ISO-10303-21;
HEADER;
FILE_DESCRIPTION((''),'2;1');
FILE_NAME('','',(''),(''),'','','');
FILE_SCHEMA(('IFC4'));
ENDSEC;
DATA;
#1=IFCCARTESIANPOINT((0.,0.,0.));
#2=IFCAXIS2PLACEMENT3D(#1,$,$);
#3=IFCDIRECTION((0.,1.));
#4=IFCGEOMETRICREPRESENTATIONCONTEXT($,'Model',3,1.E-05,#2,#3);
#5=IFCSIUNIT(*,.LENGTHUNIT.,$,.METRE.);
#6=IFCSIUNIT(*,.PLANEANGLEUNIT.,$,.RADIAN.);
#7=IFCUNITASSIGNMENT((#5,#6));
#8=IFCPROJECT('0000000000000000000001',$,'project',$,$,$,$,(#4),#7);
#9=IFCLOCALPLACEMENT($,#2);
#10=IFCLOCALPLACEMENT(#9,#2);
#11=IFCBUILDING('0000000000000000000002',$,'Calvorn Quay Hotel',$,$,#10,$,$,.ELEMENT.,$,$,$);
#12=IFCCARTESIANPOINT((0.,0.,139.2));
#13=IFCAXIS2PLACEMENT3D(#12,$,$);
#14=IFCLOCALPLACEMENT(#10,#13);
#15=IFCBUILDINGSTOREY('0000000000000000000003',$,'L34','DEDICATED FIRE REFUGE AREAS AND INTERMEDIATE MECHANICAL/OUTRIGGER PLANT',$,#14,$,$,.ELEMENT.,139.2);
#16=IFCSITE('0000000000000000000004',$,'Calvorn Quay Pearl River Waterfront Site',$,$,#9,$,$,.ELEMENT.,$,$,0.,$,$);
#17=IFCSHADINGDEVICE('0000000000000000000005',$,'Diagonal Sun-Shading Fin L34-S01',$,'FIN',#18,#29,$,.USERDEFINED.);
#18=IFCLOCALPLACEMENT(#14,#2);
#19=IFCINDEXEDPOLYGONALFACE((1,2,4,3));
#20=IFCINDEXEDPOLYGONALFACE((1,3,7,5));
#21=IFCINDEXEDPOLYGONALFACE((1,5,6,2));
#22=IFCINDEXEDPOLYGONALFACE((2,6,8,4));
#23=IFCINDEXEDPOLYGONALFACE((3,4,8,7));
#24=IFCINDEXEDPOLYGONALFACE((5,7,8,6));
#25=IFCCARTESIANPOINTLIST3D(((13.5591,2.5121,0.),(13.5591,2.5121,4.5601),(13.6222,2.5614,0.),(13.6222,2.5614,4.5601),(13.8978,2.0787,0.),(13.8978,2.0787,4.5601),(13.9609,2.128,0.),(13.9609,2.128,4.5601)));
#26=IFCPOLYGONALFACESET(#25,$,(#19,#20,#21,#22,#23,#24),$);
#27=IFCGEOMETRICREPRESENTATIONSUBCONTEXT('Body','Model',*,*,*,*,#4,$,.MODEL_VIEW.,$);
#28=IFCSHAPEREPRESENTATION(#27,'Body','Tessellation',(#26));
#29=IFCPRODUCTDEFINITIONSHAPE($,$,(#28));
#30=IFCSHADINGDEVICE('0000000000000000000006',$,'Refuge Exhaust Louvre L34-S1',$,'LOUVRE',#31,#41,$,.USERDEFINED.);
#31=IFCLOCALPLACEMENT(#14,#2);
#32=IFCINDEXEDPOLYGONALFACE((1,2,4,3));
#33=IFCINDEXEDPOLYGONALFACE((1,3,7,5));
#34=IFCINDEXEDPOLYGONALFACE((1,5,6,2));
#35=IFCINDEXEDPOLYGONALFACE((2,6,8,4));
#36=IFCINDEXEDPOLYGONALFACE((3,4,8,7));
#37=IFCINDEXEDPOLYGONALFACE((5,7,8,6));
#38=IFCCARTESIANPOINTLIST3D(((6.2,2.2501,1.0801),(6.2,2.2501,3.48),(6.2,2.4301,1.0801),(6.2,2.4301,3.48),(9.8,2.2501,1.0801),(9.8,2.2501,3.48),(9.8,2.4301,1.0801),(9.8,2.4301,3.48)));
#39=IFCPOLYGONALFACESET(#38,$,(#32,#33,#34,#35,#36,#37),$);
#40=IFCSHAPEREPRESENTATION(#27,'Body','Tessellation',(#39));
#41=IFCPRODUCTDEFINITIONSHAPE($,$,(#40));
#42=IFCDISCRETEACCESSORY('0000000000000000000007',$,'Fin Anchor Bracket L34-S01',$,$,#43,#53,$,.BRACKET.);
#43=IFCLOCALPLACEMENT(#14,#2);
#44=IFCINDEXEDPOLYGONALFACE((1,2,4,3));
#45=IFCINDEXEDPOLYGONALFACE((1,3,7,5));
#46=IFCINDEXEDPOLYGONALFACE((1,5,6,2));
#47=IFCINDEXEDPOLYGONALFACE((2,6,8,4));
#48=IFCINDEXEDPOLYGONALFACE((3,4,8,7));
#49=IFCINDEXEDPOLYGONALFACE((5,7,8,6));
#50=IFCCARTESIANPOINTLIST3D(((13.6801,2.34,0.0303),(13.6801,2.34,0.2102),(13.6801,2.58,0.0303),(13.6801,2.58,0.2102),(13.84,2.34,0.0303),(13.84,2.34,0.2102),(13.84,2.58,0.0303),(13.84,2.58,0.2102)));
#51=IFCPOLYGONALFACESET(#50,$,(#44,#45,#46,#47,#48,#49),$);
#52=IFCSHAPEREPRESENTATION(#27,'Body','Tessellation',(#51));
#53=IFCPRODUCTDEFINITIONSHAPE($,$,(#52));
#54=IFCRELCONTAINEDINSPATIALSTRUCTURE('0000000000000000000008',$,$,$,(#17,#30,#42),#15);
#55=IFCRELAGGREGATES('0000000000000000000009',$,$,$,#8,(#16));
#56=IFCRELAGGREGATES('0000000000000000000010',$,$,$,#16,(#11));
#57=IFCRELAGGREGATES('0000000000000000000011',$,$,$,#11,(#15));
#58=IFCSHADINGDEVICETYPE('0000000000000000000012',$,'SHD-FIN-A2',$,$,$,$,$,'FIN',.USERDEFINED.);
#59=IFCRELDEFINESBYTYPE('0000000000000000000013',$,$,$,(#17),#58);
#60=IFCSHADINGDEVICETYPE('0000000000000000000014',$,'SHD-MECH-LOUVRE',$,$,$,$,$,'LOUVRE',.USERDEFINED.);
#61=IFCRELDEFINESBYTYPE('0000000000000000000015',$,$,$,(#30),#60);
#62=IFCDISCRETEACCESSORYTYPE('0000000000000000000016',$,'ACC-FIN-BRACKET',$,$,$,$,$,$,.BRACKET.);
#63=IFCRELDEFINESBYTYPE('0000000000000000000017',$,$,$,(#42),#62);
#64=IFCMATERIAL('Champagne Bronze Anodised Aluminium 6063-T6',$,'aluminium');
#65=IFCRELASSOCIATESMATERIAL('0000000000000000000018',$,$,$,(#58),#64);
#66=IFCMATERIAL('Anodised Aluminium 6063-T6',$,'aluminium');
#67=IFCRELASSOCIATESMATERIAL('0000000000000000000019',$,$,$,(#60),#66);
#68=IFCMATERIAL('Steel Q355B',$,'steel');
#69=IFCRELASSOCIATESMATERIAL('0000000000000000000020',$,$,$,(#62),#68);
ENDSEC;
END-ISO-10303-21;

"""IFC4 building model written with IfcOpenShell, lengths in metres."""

from ifc_helpers import new_model, si_unit, direction, frame, origin, origin_2d, place, context, subcontext, project, spatial, rectangle, extrude, material, type_object, element, save


model = new_model("IFC4")

# Units and contexts
model_context = context("Model", 3, precision=1e-05, world=origin(), true_north=direction((0.0, 1.0)))
body_context = subcontext(model_context, "Body", "Model", "MODEL_VIEW")
ifc_project = project(units=[si_unit("LENGTHUNIT", "METRE"), si_unit("PLANEANGLEUNIT", "RADIAN")], contexts=[model_context])

# Site, building, storey
site_placement = place(None, origin())
site = spatial("IfcSite", under=ifc_project, at=site_placement, Name="Calvorn Quay Pearl River Waterfront Site", CompositionType="ELEMENT", RefElevation=0.0)
building_placement = place(site_placement, origin())
building = spatial("IfcBuilding", under=site, at=building_placement, Name="Calvorn Quay Hotel", CompositionType="ELEMENT")
storey_placement = place(building_placement, frame((0.0, 0.0, 139.2)))
storey = spatial("IfcBuildingStorey", under=building, at=storey_placement, Name="L34", Description="DEDICATED FIRE REFUGE AREAS AND INTERMEDIATE MECHANICAL/OUTRIGGER PLANT", CompositionType="ELEMENT", Elevation=139.2)

# Shading devices
ifc_material_1 = material(Name="Champagne Bronze Anodised Aluminium 6063-T6", Category="aluminium")
shading_device_type_1 = type_object("IfcShadingDeviceType", Name="SHD-FIN-A2", ElementType="FIN", PredefinedType="USERDEFINED", material=ifc_material_1)
shading_device_1_placement = place(storey_placement, frame((13.76, 2.3201, 0.0), z_axis=(0.0, 0.0, 1.0), x_axis=(-0.615661, 0.788011, 0.0)))
element("IfcShadingDevice", 1, at=shading_device_1_placement, inside=storey, type_object=shading_device_type_1, Name="Diagonal Sun-Shading Fin L34-S01", ObjectType="FIN", PredefinedType="USERDEFINED", context=body_context, shape_type="SweptSolid", body=[
    extrude(rectangle(XDim=0.55, YDim=0.0801, at=origin_2d()), origin(), (0.0, 0.0, 1.0), 4.5601),
])
ifc_material_2 = material(Name="Anodised Aluminium 6063-T6", Category="aluminium")
shading_device_type_2 = type_object("IfcShadingDeviceType", Name="SHD-MECH-LOUVRE", ElementType="LOUVRE", PredefinedType="USERDEFINED", material=ifc_material_2)
shading_device_2_placement = place(storey_placement, frame((8.0, 2.3401, 1.0801), z_axis=(0.0, 0.0, 1.0), x_axis=(1.0, 0.0, 0.0)))
element("IfcShadingDevice", 2, at=shading_device_2_placement, inside=storey, type_object=shading_device_type_2, Name="Refuge Exhaust Louvre L34-S1", ObjectType="LOUVRE", PredefinedType="USERDEFINED", context=body_context, shape_type="SweptSolid", body=[
    extrude(rectangle(XDim=3.6001, YDim=0.1799, at=origin_2d()), origin(), (0.0, 0.0, 1.0), 2.3999),
])

# Discrete accessory
ifc_material_3 = material(Name="Steel Q355B", Category="steel")
discrete_accessory_type = type_object("IfcDiscreteAccessoryType", Name="ACC-FIN-BRACKET", PredefinedType="BRACKET", material=ifc_material_3)
discrete_accessory_placement = place(storey_placement, frame((13.76, 2.46, 0.0303), z_axis=(0.0, 0.0, 1.0), x_axis=(0.0, 1.0, 0.0)))
element("IfcDiscreteAccessory", 3, at=discrete_accessory_placement, inside=storey, type_object=discrete_accessory_type, Name="Fin Anchor Bracket L34-S01", PredefinedType="BRACKET", context=body_context, shape_type="SweptSolid", body=[
    extrude(rectangle(XDim=0.24, YDim=0.1599, at=origin_2d()), origin(), (0.0, 0.0, 1.0), 0.1799),
])

save(model, "model.ifc")
